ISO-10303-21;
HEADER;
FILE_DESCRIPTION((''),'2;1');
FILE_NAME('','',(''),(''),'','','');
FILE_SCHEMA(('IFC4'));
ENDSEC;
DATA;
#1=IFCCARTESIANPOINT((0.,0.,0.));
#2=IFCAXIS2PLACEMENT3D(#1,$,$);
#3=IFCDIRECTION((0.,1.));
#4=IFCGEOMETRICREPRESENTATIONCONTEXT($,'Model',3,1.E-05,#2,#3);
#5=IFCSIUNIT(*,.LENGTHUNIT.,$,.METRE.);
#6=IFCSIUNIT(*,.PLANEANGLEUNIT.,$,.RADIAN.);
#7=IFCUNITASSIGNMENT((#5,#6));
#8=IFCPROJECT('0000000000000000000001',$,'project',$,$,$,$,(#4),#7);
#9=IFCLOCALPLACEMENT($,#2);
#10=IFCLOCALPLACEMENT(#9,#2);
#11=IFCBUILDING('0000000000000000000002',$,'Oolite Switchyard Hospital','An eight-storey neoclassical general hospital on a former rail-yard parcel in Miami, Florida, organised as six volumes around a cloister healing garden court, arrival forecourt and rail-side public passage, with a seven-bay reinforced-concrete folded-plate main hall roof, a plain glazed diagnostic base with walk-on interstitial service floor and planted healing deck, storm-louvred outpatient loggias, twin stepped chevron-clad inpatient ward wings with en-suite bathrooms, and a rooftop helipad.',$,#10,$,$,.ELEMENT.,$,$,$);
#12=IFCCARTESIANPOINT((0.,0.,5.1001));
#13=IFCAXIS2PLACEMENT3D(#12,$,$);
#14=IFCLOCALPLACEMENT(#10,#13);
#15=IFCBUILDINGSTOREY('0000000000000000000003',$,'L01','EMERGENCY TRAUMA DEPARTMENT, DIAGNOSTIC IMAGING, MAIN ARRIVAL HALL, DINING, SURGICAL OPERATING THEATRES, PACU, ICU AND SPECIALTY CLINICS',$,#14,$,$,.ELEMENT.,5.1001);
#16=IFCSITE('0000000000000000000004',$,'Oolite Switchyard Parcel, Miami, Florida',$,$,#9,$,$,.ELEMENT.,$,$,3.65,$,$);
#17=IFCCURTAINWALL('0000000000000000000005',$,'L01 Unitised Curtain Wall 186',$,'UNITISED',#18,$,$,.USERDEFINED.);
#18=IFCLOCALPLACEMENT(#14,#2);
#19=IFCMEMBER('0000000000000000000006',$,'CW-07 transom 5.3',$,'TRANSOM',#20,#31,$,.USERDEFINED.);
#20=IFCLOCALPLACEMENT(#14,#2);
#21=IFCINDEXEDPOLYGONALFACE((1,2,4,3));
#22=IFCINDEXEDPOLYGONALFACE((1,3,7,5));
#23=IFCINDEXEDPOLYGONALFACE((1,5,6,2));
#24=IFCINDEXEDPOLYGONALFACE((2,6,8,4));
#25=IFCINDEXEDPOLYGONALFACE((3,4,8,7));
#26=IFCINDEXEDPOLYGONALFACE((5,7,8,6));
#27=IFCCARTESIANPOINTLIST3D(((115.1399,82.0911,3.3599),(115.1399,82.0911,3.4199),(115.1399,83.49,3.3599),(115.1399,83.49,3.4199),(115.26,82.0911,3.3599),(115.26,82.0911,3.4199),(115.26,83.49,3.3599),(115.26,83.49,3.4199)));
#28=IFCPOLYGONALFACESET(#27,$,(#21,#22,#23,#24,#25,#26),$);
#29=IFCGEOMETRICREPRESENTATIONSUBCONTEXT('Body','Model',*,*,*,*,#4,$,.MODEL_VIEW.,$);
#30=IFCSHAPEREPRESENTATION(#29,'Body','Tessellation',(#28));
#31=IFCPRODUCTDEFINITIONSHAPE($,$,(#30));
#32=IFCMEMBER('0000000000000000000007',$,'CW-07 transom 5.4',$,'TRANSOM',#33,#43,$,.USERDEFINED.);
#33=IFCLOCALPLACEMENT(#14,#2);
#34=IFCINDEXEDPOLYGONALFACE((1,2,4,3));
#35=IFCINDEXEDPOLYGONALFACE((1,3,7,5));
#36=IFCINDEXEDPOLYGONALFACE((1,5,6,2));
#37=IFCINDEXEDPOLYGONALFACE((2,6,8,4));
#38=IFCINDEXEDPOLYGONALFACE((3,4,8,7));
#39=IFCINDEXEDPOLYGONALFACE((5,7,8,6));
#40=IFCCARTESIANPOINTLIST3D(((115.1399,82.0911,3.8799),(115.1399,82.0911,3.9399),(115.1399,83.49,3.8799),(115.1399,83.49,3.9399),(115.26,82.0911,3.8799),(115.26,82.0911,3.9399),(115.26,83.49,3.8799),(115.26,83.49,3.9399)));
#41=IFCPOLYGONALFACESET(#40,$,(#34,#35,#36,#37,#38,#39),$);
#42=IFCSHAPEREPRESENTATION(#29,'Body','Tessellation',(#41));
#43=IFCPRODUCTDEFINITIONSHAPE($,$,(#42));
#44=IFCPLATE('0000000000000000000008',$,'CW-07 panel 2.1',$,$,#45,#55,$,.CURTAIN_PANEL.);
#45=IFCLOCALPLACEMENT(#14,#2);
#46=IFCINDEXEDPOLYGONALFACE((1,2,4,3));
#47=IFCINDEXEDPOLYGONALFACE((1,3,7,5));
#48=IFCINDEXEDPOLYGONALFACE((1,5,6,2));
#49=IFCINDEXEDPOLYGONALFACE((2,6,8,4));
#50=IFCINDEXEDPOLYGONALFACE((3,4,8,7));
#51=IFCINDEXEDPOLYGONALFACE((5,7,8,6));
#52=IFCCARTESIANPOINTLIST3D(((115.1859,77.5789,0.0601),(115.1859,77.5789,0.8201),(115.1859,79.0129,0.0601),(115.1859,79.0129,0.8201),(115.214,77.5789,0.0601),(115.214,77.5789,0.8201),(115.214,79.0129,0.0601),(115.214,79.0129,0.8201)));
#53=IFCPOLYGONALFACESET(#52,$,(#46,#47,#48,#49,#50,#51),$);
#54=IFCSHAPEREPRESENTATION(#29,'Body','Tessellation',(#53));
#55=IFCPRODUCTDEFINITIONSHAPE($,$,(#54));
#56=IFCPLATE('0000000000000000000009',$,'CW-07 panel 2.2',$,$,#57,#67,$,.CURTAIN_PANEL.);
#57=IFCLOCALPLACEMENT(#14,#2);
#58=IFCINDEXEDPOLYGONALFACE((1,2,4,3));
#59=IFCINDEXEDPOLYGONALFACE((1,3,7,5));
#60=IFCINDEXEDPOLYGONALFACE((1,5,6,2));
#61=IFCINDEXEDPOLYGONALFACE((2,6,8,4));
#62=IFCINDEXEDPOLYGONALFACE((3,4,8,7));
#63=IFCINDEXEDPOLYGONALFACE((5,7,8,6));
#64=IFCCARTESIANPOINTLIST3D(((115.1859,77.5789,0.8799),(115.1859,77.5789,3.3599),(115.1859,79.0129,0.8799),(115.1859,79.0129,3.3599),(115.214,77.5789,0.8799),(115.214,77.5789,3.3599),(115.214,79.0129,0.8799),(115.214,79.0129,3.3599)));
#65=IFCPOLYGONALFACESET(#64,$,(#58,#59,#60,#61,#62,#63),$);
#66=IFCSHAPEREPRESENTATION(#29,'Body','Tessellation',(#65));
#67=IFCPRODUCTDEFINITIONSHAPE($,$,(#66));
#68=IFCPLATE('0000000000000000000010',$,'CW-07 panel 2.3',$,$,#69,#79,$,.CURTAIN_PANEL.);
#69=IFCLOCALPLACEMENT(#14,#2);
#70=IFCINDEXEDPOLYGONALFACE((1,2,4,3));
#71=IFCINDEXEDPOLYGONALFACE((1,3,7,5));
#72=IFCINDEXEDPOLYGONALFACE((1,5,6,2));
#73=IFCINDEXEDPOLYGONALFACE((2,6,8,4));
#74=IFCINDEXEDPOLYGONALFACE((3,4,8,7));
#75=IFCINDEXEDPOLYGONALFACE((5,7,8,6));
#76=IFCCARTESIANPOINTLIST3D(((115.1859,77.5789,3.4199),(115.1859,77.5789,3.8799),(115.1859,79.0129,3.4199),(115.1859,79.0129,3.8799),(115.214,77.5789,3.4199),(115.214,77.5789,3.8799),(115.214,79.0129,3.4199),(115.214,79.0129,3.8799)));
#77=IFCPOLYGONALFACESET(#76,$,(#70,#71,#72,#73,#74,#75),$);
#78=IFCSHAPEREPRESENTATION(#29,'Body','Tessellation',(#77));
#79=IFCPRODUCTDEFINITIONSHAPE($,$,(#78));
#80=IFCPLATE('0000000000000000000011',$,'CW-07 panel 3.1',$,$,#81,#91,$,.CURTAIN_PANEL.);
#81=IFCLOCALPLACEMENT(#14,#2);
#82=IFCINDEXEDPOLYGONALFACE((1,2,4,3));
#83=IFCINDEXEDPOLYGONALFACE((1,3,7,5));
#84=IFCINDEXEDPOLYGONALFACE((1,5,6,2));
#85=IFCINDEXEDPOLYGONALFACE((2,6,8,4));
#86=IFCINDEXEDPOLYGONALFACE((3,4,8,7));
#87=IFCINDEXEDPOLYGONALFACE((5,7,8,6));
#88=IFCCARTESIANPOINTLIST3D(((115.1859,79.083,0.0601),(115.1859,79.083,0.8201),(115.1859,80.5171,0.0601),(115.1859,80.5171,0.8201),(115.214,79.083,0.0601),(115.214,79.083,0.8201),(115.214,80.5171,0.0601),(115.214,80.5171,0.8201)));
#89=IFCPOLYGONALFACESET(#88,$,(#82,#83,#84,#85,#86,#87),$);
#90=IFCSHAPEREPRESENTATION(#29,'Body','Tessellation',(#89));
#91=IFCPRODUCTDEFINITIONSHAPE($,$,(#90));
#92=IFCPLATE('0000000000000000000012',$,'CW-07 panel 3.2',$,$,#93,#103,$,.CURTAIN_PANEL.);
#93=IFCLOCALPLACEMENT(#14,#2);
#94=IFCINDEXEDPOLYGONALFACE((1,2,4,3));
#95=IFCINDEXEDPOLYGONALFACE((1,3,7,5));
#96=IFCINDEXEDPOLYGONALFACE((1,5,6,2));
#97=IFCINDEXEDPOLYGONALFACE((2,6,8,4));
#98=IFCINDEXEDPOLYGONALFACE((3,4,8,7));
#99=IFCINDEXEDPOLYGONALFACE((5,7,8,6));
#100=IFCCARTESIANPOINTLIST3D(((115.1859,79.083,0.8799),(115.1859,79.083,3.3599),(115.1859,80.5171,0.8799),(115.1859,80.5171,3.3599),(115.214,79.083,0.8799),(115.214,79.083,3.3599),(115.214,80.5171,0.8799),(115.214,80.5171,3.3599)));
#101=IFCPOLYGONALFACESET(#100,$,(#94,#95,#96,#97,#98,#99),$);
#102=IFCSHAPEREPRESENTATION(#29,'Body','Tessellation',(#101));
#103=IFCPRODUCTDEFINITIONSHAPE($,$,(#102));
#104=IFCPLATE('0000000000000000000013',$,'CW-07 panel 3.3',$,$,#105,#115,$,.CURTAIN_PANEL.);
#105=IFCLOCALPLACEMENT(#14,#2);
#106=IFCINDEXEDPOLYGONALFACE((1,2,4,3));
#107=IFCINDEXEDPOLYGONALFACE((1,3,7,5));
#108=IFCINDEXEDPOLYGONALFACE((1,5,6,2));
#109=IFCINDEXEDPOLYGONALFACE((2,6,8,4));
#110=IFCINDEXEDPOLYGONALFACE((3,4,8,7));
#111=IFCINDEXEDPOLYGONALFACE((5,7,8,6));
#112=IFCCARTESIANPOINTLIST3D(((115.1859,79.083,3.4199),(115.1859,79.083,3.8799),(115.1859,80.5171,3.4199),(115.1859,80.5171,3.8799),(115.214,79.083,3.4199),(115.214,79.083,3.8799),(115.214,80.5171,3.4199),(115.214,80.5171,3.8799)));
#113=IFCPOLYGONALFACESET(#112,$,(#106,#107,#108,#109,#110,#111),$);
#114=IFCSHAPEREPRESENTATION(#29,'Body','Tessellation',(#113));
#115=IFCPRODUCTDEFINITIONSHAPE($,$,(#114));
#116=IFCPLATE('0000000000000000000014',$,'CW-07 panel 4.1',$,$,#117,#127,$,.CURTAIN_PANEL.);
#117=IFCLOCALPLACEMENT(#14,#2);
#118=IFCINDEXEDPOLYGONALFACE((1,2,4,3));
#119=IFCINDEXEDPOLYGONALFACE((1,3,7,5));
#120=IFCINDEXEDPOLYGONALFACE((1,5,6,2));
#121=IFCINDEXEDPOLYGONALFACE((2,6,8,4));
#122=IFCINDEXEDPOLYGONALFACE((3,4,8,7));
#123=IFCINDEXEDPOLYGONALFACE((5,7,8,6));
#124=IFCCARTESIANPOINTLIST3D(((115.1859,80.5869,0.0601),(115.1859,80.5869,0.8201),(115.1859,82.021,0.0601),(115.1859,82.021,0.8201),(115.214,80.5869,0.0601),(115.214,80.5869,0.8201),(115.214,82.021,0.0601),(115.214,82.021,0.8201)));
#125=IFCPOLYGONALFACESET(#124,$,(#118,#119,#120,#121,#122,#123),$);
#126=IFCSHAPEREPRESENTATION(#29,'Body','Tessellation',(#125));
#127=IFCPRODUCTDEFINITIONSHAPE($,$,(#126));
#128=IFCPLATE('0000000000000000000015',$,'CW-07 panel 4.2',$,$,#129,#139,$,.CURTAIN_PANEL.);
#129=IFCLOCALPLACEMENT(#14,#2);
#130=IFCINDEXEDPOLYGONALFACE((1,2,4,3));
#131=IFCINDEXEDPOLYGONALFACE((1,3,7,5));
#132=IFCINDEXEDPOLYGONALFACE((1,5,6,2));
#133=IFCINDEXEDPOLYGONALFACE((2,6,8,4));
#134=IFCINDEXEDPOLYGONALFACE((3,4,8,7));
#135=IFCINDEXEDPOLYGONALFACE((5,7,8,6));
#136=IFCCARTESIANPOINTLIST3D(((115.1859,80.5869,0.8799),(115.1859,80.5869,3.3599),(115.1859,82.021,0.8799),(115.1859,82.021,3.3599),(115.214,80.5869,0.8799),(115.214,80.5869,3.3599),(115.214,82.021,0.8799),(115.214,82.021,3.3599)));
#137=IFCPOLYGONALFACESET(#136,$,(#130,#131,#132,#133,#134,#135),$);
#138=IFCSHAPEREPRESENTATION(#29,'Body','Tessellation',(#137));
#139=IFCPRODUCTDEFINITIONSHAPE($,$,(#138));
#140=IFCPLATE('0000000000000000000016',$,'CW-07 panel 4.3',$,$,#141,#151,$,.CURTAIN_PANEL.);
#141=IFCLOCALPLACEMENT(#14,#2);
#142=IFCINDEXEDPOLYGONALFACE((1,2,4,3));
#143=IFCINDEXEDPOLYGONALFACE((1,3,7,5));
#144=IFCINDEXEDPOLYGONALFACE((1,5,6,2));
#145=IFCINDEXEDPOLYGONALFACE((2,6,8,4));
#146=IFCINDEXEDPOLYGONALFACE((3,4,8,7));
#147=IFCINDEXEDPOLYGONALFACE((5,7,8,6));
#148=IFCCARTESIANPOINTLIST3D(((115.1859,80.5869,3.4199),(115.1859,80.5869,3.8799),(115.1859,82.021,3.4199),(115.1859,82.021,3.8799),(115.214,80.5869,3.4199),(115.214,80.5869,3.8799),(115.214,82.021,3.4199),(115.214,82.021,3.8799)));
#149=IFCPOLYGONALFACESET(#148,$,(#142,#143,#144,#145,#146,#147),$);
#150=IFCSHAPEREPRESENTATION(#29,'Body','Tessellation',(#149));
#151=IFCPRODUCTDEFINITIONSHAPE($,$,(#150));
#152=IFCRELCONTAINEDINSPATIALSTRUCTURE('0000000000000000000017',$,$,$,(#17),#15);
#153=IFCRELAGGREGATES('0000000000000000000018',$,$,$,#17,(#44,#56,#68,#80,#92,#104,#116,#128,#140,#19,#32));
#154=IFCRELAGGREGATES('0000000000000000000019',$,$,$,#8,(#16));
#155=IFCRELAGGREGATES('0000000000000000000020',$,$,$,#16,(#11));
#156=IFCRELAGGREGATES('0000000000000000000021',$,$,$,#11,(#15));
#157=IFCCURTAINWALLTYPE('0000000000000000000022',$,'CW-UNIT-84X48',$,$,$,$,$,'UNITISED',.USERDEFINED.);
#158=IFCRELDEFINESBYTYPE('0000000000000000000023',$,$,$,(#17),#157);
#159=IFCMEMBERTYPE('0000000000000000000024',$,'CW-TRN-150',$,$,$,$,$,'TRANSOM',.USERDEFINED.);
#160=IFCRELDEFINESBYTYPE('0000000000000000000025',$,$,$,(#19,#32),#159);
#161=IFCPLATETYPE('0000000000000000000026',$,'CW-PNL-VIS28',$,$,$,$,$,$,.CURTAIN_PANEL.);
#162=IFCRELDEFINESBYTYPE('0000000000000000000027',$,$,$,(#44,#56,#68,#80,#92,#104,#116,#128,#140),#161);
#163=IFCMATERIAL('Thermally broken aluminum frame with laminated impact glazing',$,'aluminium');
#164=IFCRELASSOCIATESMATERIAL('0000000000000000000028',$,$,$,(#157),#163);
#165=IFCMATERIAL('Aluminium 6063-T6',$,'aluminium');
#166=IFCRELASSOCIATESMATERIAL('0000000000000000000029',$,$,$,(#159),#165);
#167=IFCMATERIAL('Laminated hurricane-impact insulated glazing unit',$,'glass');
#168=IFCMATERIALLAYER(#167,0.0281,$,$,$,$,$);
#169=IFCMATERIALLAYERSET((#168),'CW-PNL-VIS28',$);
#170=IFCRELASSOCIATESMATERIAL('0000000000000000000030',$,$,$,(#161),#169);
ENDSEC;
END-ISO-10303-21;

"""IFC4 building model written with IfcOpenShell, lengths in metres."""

from ifc_helpers import new_model, si_unit, direction, frame, origin, origin_2d, place, context, subcontext, project, spatial, rectangle, extrude, material, layer, layer_set, material_profile, profile_set, type_object, element, aggregate, save


model = new_model("IFC4")

# Units and contexts
model_context = context("Model", 3, precision=1e-05, world=origin(), true_north=direction((0.0, 1.0)))
body_context = subcontext(model_context, "Body", "Model", "MODEL_VIEW")
ifc_project = project(units=[si_unit("LENGTHUNIT", "METRE"), si_unit("PLANEANGLEUNIT", "RADIAN")], contexts=[model_context])

# Site, building, storey
site_placement = place(None, origin())
site = spatial("IfcSite", under=ifc_project, at=site_placement, Name="Oolite Switchyard Parcel, Miami, Florida", CompositionType="ELEMENT", RefElevation=3.65)
building_placement = place(site_placement, origin())
building = spatial("IfcBuilding", under=site, at=building_placement, Name="Oolite Switchyard Hospital", Description="An eight-storey neoclassical general hospital on a former rail-yard parcel in Miami, Florida, organised as six volumes around a cloister healing garden court, arrival forecourt and rail-side public passage, with a seven-bay reinforced-concrete folded-plate main hall roof, a plain glazed diagnostic base with walk-on interstitial service floor and planted healing deck, storm-louvred outpatient loggias, twin stepped chevron-clad inpatient ward wings with en-suite bathrooms, and a rooftop helipad.", CompositionType="ELEMENT")
storey_placement = place(building_placement, frame((0.0, 0.0, 5.1001)))
storey = spatial("IfcBuildingStorey", under=building, at=storey_placement, Name="L01", Description="EMERGENCY TRAUMA DEPARTMENT, DIAGNOSTIC IMAGING, MAIN ARRIVAL HALL, DINING, SURGICAL OPERATING THEATRES, PACU, ICU AND SPECIALTY CLINICS", CompositionType="ELEMENT", Elevation=5.1001)

# Curtain wall, members, plates
ifc_material_1 = material(Name="Thermally broken aluminum frame with laminated impact glazing", Category="aluminium")
curtain_wall_type = type_object("IfcCurtainWallType", Name="CW-UNIT-84X48", ElementType="UNITISED", PredefinedType="USERDEFINED", material=ifc_material_1)
curtain_wall_placement = place(storey_placement, origin())
curtain_wall = element("IfcCurtainWall", 1, at=curtain_wall_placement, inside=storey, type_object=curtain_wall_type, Name="L01 Unitised Curtain Wall 186", ObjectType="UNITISED", PredefinedType="USERDEFINED")
ifc_material_2 = material(Name="Aluminium 6063-T6", Category="aluminium")
ifc_material_profile_1 = material_profile(ifc_material_2, rectangle(XDim=0.1201, YDim=0.0601, at=origin_2d()), Name="CWT60X120")
ifc_profile_set_1 = profile_set([ifc_material_profile_1], Name="Aluminium 6063-T6")
member_type_1 = type_object("IfcMemberType", Name="CW-TRN-150", ElementType="TRANSOM", PredefinedType="USERDEFINED", material=ifc_profile_set_1)
member_1_placement = place(storey_placement, frame((115.2, 82.0911, 3.3899), z_axis=(0.0, 1.0, 0.0), x_axis=(-1.0, 0.0, 0.0)))
member_1 = element("IfcMember", 2, at=member_1_placement, type_object=member_type_1, Name="CW-07 transom 5.3", ObjectType="TRANSOM", PredefinedType="USERDEFINED", context=body_context, shape_type="SweptSolid", body=[
    extrude(rectangle(XDim=0.1201, YDim=0.0601, at=origin_2d()), origin(), (0.0, 0.0, 1.0), 1.3989),
])
member_2_placement = place(storey_placement, frame((115.2, 82.0911, 3.9099), z_axis=(0.0, 1.0, 0.0), x_axis=(-1.0, 0.0, 0.0)))
member_2 = element("IfcMember", 3, at=member_2_placement, type_object=member_type_1, Name="CW-07 transom 5.4", ObjectType="TRANSOM", PredefinedType="USERDEFINED", context=body_context, shape_type="SweptSolid", body=[
    extrude(rectangle(XDim=0.1201, YDim=0.0601, at=origin_2d()), origin(), (0.0, 0.0, 1.0), 1.3989),
])
ifc_material_3 = material(Name="Laminated hurricane-impact insulated glazing unit", Category="glass")
ifc_layer = layer(ifc_material_3, 0.0281)
ifc_layer_set = layer_set([ifc_layer], Name="CW-PNL-VIS28")
plate_type = type_object("IfcPlateType", Name="CW-PNL-VIS28", PredefinedType="CURTAIN_PANEL", material=ifc_layer_set)
plate_1_placement = place(storey_placement, frame((115.2, 78.2959, 0.0601), z_axis=(0.0, 0.0, 1.0), x_axis=(0.0, 1.0, 0.0)))
plate_1 = element("IfcPlate", 4, at=plate_1_placement, type_object=plate_type, Name="CW-07 panel 2.1", PredefinedType="CURTAIN_PANEL", context=body_context, shape_type="SweptSolid", body=[
    extrude(rectangle(XDim=1.4341, YDim=0.0281, at=origin_2d()), origin(), (0.0, 0.0, 1.0), 0.76),
])
plate_2_placement = place(storey_placement, frame((115.2, 78.2959, 0.8799), z_axis=(0.0, 0.0, 1.0), x_axis=(0.0, 1.0, 0.0)))
plate_2 = element("IfcPlate", 5, at=plate_2_placement, type_object=plate_type, Name="CW-07 panel 2.2", PredefinedType="CURTAIN_PANEL", context=body_context, shape_type="SweptSolid", body=[
    extrude(rectangle(XDim=1.4341, YDim=0.0281, at=origin_2d()), origin(), (0.0, 0.0, 1.0), 2.48),
])
plate_3_placement = place(storey_placement, frame((115.2, 78.2959, 3.4199), z_axis=(0.0, 0.0, 1.0), x_axis=(0.0, 1.0, 0.0)))
plate_3 = element("IfcPlate", 6, at=plate_3_placement, type_object=plate_type, Name="CW-07 panel 2.3", PredefinedType="CURTAIN_PANEL", context=body_context, shape_type="SweptSolid", body=[
    extrude(rectangle(XDim=1.4341, YDim=0.0281, at=origin_2d()), origin(), (0.0, 0.0, 1.0), 0.46),
])
plate_4_placement = place(storey_placement, frame((115.2, 79.8, 0.0601), z_axis=(0.0, 0.0, 1.0), x_axis=(0.0, 1.0, 0.0)))
plate_4 = element("IfcPlate", 7, at=plate_4_placement, type_object=plate_type, Name="CW-07 panel 3.1", PredefinedType="CURTAIN_PANEL", context=body_context, shape_type="SweptSolid", body=[
    extrude(rectangle(XDim=1.4341, YDim=0.0281, at=origin_2d()), origin(), (0.0, 0.0, 1.0), 0.76),
])
plate_5_placement = place(storey_placement, frame((115.2, 79.8, 0.8799), z_axis=(0.0, 0.0, 1.0), x_axis=(0.0, 1.0, 0.0)))
plate_5 = element("IfcPlate", 8, at=plate_5_placement, type_object=plate_type, Name="CW-07 panel 3.2", PredefinedType="CURTAIN_PANEL", context=body_context, shape_type="SweptSolid", body=[
    extrude(rectangle(XDim=1.4341, YDim=0.0281, at=origin_2d()), origin(), (0.0, 0.0, 1.0), 2.48),
])
plate_6_placement = place(storey_placement, frame((115.2, 79.8, 3.4199), z_axis=(0.0, 0.0, 1.0), x_axis=(0.0, 1.0, 0.0)))
plate_6 = element("IfcPlate", 9, at=plate_6_placement, type_object=plate_type, Name="CW-07 panel 3.3", PredefinedType="CURTAIN_PANEL", context=body_context, shape_type="SweptSolid", body=[
    extrude(rectangle(XDim=1.4341, YDim=0.0281, at=origin_2d()), origin(), (0.0, 0.0, 1.0), 0.46),
])
plate_7_placement = place(storey_placement, frame((115.2, 81.304, 0.0601), z_axis=(0.0, 0.0, 1.0), x_axis=(0.0, 1.0, 0.0)))
plate_7 = element("IfcPlate", 10, at=plate_7_placement, type_object=plate_type, Name="CW-07 panel 4.1", PredefinedType="CURTAIN_PANEL", context=body_context, shape_type="SweptSolid", body=[
    extrude(rectangle(XDim=1.4341, YDim=0.0281, at=origin_2d()), origin(), (0.0, 0.0, 1.0), 0.76),
])
plate_8_placement = place(storey_placement, frame((115.2, 81.304, 0.8799), z_axis=(0.0, 0.0, 1.0), x_axis=(0.0, 1.0, 0.0)))
plate_8 = element("IfcPlate", 11, at=plate_8_placement, type_object=plate_type, Name="CW-07 panel 4.2", PredefinedType="CURTAIN_PANEL", context=body_context, shape_type="SweptSolid", body=[
    extrude(rectangle(XDim=1.4341, YDim=0.0281, at=origin_2d()), origin(), (0.0, 0.0, 1.0), 2.48),
])
plate_9_placement = place(storey_placement, frame((115.2, 81.304, 3.4199), z_axis=(0.0, 0.0, 1.0), x_axis=(0.0, 1.0, 0.0)))
plate_9 = element("IfcPlate", 12, at=plate_9_placement, type_object=plate_type, Name="CW-07 panel 4.3", PredefinedType="CURTAIN_PANEL", context=body_context, shape_type="SweptSolid", body=[
    extrude(rectangle(XDim=1.4341, YDim=0.0281, at=origin_2d()), origin(), (0.0, 0.0, 1.0), 0.46),
])
aggregate(curtain_wall, [plate_1, plate_2, plate_3, plate_4, plate_5, plate_6, plate_7, plate_8, plate_9, member_1, member_2])

save(model, "model.ifc")
